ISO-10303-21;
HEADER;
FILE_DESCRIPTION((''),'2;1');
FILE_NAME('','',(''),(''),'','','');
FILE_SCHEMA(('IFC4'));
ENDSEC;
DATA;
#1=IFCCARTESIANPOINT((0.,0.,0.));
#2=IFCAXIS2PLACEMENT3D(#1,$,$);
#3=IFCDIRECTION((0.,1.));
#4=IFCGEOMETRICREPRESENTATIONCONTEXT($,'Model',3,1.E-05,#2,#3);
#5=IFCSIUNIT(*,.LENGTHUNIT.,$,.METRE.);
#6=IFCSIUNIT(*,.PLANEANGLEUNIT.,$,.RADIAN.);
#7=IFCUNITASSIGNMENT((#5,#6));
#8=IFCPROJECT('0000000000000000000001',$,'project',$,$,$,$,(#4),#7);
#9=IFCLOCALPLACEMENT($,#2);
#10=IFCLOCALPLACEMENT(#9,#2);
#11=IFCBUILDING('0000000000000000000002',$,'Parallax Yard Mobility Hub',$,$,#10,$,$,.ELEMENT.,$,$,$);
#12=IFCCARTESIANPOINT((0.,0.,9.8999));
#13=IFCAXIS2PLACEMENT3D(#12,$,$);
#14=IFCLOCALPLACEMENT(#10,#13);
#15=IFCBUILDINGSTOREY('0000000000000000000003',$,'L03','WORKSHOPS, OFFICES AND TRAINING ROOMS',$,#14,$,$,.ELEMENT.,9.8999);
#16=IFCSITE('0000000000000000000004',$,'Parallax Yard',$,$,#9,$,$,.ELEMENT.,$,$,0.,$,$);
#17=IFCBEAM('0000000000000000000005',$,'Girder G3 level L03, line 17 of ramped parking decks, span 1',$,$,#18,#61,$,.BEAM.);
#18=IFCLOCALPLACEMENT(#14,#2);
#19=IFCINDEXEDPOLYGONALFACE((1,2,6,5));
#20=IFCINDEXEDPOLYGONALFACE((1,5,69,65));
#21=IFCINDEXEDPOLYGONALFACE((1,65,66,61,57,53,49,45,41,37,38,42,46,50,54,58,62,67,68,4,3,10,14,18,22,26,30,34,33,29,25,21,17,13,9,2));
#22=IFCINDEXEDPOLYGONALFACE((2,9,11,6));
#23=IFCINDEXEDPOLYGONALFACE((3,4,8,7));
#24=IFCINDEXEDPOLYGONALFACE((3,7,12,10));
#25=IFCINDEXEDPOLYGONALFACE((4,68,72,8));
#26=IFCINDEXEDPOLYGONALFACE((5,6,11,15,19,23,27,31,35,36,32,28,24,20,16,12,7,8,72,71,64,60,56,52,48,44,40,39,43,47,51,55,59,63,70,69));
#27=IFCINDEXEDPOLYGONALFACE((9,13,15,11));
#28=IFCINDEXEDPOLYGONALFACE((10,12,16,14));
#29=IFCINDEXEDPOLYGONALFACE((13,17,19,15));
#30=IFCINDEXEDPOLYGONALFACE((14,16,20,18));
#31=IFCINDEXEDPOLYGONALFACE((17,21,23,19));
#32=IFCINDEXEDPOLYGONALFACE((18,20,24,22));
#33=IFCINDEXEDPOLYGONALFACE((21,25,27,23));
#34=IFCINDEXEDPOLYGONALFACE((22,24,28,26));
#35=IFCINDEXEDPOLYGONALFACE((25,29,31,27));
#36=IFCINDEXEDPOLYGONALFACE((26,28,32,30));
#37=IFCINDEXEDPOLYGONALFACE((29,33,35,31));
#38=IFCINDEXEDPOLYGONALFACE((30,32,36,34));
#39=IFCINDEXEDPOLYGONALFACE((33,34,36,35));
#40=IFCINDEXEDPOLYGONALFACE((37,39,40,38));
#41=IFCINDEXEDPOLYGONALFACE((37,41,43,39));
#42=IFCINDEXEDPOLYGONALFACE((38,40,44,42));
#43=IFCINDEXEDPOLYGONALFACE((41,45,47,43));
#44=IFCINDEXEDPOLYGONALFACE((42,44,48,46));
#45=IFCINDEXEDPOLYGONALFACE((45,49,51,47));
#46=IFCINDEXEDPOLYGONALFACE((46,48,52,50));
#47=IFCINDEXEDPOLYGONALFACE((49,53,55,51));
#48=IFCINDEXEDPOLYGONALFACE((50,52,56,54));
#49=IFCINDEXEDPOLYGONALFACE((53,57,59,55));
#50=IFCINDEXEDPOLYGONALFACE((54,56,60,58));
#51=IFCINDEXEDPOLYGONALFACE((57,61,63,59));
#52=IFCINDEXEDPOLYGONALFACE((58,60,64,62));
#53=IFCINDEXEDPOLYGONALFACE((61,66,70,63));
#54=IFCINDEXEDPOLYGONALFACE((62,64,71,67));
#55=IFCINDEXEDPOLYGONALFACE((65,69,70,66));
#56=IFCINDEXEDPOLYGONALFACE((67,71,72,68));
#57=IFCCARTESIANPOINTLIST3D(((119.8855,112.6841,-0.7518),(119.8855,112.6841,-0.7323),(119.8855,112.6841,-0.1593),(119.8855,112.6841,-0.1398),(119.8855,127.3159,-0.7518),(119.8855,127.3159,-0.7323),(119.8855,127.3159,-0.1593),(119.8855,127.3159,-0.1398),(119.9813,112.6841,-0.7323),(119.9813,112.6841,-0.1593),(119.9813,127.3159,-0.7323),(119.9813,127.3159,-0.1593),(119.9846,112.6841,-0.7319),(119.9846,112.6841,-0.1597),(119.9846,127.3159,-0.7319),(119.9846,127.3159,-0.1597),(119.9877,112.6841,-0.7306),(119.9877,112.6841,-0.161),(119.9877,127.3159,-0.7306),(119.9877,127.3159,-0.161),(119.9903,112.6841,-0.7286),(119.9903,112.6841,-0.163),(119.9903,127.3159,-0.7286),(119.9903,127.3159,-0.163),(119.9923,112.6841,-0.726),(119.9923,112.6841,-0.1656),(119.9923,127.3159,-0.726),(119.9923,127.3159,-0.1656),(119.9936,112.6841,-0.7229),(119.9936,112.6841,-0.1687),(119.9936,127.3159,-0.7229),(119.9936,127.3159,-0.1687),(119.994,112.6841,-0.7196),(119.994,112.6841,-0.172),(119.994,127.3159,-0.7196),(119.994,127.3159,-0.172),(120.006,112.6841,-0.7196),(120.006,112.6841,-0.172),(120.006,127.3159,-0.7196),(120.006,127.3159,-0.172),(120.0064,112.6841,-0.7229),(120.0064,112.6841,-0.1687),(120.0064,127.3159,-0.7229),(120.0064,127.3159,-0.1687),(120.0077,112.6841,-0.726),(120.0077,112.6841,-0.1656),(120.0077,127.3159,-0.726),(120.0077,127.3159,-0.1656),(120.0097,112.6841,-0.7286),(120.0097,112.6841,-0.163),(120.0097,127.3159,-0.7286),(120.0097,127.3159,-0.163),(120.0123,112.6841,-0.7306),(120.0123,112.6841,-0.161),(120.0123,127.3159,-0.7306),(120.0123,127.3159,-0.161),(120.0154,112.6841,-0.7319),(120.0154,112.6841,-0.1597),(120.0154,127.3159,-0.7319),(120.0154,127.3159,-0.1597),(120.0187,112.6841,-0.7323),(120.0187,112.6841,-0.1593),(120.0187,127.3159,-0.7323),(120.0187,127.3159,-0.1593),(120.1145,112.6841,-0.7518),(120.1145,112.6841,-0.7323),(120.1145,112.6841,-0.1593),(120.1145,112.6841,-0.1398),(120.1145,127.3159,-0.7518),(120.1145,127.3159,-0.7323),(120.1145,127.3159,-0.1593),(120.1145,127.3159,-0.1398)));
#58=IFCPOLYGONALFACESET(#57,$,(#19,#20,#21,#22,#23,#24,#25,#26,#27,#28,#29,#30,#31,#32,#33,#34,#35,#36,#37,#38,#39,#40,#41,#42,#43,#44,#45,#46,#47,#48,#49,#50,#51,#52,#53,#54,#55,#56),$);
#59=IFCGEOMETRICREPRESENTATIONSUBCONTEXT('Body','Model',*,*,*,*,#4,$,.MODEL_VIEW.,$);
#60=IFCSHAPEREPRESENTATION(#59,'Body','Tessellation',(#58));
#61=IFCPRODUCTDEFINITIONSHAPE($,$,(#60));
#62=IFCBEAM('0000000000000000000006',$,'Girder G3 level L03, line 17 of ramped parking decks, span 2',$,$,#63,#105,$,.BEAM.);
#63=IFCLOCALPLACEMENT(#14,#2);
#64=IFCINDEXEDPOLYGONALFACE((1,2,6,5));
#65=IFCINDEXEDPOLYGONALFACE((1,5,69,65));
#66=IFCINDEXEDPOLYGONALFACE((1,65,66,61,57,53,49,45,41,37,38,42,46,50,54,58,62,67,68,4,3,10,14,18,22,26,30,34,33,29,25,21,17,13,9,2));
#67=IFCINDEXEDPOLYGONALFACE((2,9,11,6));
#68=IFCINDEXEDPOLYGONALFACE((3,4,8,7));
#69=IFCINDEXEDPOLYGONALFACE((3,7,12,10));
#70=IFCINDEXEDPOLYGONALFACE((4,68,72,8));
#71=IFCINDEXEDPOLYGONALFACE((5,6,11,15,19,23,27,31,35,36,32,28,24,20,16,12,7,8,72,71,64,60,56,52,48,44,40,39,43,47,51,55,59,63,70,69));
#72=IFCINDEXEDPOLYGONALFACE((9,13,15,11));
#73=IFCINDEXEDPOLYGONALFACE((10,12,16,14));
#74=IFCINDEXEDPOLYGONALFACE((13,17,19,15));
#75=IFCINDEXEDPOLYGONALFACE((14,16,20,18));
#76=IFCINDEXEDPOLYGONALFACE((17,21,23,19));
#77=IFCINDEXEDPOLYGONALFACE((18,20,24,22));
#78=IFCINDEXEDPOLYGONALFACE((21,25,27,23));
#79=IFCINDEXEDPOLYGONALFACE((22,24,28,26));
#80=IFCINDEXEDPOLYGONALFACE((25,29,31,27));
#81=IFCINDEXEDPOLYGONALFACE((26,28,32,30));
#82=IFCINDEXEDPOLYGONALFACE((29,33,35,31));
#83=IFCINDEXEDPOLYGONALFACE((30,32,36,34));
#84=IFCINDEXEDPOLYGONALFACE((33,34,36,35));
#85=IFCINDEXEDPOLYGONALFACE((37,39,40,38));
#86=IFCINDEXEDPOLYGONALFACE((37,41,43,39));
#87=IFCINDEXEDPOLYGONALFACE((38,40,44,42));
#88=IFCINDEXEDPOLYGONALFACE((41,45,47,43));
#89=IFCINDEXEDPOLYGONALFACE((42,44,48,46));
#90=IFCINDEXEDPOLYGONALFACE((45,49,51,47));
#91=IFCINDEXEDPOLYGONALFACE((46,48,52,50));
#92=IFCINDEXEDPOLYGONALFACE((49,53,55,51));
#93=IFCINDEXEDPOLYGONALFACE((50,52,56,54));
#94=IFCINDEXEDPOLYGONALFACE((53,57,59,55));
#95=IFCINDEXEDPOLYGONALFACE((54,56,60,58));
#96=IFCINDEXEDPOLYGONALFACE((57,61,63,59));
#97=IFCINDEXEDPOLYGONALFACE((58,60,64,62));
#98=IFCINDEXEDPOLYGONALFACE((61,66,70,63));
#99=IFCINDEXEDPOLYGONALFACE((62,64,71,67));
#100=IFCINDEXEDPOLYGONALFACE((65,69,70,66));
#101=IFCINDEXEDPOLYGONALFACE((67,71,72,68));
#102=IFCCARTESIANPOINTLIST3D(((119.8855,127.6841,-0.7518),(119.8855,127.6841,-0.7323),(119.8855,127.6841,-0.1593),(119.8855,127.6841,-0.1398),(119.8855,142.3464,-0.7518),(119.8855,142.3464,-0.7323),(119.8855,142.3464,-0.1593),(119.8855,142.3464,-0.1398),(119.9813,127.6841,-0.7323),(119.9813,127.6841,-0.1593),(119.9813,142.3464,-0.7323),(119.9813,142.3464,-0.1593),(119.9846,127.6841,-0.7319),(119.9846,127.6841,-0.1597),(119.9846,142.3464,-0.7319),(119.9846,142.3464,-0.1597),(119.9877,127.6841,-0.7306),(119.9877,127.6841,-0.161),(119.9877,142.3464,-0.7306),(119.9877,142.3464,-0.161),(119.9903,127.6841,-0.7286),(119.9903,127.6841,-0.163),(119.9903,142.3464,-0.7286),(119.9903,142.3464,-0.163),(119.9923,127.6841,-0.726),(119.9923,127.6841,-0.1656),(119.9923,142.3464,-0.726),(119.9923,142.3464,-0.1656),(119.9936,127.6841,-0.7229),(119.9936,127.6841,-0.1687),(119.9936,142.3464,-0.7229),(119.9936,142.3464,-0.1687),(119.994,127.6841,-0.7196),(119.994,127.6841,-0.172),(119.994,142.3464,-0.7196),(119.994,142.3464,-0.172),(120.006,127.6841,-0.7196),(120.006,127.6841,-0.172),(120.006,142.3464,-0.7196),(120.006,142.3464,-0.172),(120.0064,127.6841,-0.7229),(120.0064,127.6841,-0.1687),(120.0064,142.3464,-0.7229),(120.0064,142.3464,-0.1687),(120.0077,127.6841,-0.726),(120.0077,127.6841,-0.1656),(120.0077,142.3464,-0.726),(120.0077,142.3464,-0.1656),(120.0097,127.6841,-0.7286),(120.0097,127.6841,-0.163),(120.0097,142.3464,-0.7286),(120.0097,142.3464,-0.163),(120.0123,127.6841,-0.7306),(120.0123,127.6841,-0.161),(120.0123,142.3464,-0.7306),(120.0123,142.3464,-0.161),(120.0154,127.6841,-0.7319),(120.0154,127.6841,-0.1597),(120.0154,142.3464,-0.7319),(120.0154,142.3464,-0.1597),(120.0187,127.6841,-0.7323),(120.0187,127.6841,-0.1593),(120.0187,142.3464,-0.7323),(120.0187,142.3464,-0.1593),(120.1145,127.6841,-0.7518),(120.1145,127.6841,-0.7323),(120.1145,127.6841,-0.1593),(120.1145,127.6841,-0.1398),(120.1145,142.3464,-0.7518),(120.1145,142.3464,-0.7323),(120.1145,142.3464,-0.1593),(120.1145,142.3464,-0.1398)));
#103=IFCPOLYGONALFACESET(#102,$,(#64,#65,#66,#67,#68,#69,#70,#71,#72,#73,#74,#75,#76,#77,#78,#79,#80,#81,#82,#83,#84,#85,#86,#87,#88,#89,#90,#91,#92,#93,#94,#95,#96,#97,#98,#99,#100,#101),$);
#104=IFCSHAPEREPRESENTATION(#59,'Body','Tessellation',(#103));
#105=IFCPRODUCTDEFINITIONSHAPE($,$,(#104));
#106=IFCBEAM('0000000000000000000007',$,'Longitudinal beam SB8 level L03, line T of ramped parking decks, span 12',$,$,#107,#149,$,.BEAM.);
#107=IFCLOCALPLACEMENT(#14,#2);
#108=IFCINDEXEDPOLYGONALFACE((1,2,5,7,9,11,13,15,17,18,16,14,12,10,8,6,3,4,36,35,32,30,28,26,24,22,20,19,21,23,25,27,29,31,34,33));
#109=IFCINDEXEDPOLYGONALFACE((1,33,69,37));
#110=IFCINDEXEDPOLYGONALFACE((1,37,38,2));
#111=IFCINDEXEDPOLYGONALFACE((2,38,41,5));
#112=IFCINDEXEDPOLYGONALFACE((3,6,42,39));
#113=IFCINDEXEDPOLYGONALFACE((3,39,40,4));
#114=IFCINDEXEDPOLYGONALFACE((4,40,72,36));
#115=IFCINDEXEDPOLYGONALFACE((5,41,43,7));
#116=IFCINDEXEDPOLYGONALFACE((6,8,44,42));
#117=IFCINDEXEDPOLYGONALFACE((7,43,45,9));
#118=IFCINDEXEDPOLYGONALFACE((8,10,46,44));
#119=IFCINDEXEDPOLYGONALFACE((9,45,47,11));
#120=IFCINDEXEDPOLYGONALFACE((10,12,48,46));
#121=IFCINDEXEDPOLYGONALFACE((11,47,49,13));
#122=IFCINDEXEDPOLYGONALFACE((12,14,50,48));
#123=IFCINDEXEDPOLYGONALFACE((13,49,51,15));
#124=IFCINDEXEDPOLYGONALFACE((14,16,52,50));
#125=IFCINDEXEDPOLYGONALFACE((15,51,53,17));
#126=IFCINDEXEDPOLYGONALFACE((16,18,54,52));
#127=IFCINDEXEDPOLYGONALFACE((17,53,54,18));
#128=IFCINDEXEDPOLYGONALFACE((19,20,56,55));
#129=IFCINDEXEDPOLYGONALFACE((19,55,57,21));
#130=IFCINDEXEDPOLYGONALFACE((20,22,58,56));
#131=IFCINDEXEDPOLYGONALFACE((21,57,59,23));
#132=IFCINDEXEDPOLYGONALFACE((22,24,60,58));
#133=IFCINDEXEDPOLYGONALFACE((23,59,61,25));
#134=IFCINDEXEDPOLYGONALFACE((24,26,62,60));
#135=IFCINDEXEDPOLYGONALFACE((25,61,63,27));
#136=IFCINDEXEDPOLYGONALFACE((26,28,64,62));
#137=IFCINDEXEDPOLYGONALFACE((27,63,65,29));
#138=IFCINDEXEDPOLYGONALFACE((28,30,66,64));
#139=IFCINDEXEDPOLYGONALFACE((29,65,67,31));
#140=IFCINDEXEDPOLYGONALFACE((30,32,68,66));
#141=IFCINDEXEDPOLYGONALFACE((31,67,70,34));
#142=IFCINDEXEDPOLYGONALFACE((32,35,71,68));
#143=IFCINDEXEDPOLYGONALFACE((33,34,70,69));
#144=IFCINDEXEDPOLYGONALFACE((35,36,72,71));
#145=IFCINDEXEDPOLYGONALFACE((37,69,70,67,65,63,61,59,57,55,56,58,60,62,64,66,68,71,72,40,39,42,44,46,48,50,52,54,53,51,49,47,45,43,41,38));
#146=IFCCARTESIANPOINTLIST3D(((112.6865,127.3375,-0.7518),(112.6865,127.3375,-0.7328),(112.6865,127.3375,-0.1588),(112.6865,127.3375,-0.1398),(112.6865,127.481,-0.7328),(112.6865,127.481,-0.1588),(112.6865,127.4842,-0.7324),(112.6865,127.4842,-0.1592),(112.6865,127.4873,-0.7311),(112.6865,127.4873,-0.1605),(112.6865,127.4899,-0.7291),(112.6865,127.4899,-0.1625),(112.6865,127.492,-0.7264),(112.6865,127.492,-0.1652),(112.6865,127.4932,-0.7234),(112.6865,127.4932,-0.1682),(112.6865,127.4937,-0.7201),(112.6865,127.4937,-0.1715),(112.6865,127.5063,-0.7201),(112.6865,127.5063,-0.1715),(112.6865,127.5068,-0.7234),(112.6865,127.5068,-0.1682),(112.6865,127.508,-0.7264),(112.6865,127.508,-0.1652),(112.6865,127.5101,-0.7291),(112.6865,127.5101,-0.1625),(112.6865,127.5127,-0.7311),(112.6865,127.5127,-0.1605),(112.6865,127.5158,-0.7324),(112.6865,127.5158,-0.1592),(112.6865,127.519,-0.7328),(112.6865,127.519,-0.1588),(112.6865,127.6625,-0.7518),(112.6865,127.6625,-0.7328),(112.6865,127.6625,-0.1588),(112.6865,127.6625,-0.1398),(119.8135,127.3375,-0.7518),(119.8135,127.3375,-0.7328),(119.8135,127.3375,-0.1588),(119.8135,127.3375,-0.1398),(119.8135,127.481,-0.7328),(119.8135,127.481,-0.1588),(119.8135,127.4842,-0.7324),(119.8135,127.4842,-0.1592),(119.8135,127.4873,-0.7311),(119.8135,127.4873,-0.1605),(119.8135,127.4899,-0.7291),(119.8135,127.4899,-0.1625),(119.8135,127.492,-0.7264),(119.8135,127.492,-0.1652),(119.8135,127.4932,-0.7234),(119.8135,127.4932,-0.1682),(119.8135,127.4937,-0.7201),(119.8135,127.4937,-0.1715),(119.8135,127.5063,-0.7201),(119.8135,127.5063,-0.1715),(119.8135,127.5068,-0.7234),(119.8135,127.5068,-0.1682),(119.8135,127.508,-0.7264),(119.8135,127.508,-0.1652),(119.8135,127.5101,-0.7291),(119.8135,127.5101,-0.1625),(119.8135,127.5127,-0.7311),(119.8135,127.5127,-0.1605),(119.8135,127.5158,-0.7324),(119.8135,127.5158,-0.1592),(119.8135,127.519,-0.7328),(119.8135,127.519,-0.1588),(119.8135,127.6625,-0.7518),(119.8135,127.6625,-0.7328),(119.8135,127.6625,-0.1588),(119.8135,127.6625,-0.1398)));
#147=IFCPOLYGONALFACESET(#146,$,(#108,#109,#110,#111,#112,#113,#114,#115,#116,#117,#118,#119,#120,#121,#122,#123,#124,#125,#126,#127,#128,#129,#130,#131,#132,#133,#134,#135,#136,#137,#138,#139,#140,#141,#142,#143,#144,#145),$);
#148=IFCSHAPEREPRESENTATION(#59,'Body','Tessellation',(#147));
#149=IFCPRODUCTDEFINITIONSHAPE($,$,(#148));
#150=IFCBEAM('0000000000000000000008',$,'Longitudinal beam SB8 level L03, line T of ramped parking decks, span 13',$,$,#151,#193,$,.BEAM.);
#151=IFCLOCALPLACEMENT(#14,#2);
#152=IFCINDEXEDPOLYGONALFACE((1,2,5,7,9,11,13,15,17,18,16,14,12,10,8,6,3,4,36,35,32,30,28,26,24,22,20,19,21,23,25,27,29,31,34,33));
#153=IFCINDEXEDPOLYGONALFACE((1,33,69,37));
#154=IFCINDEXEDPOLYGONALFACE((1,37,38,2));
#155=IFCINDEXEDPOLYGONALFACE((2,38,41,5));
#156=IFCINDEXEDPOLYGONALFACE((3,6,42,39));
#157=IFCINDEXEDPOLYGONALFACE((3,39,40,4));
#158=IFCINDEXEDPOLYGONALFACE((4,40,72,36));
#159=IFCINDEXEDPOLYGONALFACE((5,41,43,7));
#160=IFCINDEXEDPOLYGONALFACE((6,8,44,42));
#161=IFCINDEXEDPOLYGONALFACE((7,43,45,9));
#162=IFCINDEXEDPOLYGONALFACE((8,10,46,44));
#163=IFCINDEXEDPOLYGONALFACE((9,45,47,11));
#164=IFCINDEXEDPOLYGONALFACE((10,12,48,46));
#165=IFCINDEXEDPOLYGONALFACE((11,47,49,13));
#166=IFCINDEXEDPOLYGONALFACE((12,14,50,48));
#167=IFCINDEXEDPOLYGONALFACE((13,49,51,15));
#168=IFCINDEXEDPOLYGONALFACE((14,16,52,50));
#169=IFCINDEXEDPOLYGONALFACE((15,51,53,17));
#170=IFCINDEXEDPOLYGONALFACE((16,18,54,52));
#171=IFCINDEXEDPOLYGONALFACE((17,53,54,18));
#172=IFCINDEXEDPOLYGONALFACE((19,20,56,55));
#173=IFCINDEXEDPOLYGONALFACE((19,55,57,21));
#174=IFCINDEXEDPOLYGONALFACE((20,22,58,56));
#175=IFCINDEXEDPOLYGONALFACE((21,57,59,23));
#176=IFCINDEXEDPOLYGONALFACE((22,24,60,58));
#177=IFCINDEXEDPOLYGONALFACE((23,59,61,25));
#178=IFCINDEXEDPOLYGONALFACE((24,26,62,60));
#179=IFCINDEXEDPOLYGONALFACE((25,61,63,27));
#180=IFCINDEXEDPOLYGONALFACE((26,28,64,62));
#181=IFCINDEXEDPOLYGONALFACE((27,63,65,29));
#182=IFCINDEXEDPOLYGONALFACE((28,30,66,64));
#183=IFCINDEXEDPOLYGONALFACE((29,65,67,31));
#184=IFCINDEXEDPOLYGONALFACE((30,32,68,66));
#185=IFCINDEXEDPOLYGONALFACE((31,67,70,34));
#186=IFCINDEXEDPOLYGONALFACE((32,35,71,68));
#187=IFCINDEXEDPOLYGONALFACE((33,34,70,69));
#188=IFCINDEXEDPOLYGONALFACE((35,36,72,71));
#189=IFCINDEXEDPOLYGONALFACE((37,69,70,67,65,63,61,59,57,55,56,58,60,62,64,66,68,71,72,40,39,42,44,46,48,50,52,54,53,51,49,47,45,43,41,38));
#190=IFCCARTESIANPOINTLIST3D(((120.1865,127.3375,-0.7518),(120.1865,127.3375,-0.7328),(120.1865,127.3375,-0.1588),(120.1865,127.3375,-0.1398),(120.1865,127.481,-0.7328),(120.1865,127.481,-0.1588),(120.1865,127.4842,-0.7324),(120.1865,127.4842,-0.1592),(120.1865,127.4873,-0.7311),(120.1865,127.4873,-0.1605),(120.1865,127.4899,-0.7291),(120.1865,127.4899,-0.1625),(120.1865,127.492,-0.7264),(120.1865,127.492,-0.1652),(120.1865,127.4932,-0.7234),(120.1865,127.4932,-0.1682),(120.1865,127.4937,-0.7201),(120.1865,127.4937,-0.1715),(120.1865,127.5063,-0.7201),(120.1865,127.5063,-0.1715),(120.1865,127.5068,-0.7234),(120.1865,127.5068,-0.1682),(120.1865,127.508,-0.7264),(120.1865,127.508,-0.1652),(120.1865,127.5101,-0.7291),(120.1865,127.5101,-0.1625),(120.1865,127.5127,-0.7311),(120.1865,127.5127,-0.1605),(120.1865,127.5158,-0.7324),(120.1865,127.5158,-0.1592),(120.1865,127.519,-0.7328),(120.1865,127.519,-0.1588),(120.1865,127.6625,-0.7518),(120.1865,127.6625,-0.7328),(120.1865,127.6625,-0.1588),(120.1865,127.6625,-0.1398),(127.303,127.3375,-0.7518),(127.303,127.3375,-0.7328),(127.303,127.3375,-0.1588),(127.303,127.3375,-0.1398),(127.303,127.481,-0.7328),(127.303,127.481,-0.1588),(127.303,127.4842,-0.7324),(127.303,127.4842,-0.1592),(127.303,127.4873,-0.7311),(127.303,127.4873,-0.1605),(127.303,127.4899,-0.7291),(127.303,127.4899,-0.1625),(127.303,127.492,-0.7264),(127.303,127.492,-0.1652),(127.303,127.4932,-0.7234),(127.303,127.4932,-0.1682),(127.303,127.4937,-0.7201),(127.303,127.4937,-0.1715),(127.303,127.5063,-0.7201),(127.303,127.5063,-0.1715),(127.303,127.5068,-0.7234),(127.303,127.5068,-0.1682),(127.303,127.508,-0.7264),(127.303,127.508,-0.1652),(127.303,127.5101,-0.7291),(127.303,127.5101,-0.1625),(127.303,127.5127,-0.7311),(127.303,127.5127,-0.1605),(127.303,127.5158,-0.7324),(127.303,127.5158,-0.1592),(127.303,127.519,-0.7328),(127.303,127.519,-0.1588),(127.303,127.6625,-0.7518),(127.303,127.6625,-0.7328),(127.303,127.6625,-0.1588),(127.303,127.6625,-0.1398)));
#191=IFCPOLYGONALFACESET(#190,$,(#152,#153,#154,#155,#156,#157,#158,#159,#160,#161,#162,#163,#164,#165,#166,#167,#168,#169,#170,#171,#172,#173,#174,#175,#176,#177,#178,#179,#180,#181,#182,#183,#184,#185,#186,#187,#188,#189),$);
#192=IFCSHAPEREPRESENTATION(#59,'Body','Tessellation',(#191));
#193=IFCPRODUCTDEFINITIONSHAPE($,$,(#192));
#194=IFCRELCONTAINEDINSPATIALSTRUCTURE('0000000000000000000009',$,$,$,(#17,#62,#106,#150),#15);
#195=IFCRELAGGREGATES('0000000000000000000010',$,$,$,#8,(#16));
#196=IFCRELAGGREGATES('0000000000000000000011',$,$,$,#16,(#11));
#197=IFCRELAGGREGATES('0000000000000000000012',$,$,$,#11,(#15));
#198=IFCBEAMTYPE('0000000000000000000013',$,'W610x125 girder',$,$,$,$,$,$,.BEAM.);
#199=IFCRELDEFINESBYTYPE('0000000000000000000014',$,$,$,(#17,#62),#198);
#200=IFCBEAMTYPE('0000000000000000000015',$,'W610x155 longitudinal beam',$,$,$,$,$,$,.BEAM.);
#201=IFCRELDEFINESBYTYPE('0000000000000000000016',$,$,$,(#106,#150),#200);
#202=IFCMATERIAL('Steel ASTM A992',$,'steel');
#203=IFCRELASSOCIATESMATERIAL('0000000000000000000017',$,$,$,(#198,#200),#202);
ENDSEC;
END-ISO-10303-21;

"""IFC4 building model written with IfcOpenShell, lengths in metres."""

from ifc_helpers import new_model, si_unit, direction, frame, origin, origin_2d, place, context, subcontext, project, spatial, i_section, extrude, material, material_profile, profile_set, type_object, element, save


model = new_model("IFC4")

# Units and contexts
model_context = context("Model", 3, precision=1e-05, world=origin(), true_north=direction((0.0, 1.0)))
body_context = subcontext(model_context, "Body", "Model", "MODEL_VIEW")
ifc_project = project(units=[si_unit("LENGTHUNIT", "METRE"), si_unit("PLANEANGLEUNIT", "RADIAN")], contexts=[model_context])

# Site, building, storey
site_placement = place(None, origin())
site = spatial("IfcSite", under=ifc_project, at=site_placement, Name="Parallax Yard", CompositionType="ELEMENT", RefElevation=0.0)
building_placement = place(site_placement, origin())
building = spatial("IfcBuilding", under=site, at=building_placement, Name="Parallax Yard Mobility Hub", CompositionType="ELEMENT")
storey_placement = place(building_placement, frame((0.0, 0.0, 9.8999)))
storey = spatial("IfcBuildingStorey", under=building, at=storey_placement, Name="L03", Description="WORKSHOPS, OFFICES AND TRAINING ROOMS", CompositionType="ELEMENT", Elevation=9.8999)

# Shared definitions
ifc_material_1 = material(Name="Steel ASTM A992", Category="steel")

# Beams
ifc_material_profile_1 = material_profile(ifc_material_1, i_section(OverallWidth=0.229, OverallDepth=0.6121, WebThickness=0.012, FlangeThickness=0.0195, FilletRadius=0.0127, at=origin_2d()), Name="W610x125")
ifc_profile_set_1 = profile_set([ifc_material_profile_1], Name="Steel ASTM A992")
beam_type_1 = type_object("IfcBeamType", Name="W610x125 girder", PredefinedType="BEAM", material=ifc_profile_set_1)
beam_1_placement = place(storey_placement, frame((120.0, 112.6841, -0.4458), z_axis=(0.0, 1.0, 0.0), x_axis=(-1.0, 0.0, 0.0)))
element("IfcBeam", 1, at=beam_1_placement, inside=storey, type_object=beam_type_1, Name="Girder G3 level L03, line 17 of ramped parking decks, span 1", PredefinedType="BEAM", context=body_context, shape_type="SweptSolid", body=[
    extrude(i_section(OverallWidth=0.229, OverallDepth=0.6121, WebThickness=0.012, FlangeThickness=0.0195, FilletRadius=0.0127, at=origin_2d()), origin(), (0.0, 0.0, 1.0), 14.6318),
])
beam_2_placement = place(storey_placement, frame((120.0, 127.6841, -0.4458), z_axis=(0.0, 1.0, 0.0), x_axis=(-1.0, 0.0, 0.0)))
element("IfcBeam", 2, at=beam_2_placement, inside=storey, type_object=beam_type_1, Name="Girder G3 level L03, line 17 of ramped parking decks, span 2", PredefinedType="BEAM", context=body_context, shape_type="SweptSolid", body=[
    extrude(i_section(OverallWidth=0.229, OverallDepth=0.6121, WebThickness=0.012, FlangeThickness=0.0195, FilletRadius=0.0127, at=origin_2d()), origin(), (0.0, 0.0, 1.0), 14.6624),
])
ifc_material_profile_2 = material_profile(ifc_material_1, i_section(OverallWidth=0.325, OverallDepth=0.6121, WebThickness=0.0127, FlangeThickness=0.019, FilletRadius=0.0127, at=origin_2d()), Name="W610x155")
ifc_profile_set_2 = profile_set([ifc_material_profile_2], Name="Steel ASTM A992")
beam_type_2 = type_object("IfcBeamType", Name="W610x155 longitudinal beam", PredefinedType="BEAM", material=ifc_profile_set_2)
beam_3_placement = place(storey_placement, frame((112.6865, 127.5, -0.4458), z_axis=(1.0, 0.0, 0.0), x_axis=(0.0, 1.0, 0.0)))
element("IfcBeam", 3, at=beam_3_placement, inside=storey, type_object=beam_type_2, Name="Longitudinal beam SB8 level L03, line T of ramped parking decks, span 12", PredefinedType="BEAM", context=body_context, shape_type="SweptSolid", body=[
    extrude(i_section(OverallWidth=0.325, OverallDepth=0.6121, WebThickness=0.0127, FlangeThickness=0.019, FilletRadius=0.0127, at=origin_2d()), origin(), (0.0, 0.0, 1.0), 7.127),
])
beam_4_placement = place(storey_placement, frame((120.1865, 127.5, -0.4458), z_axis=(1.0, 0.0, 0.0), x_axis=(0.0, 1.0, 0.0)))
element("IfcBeam", 4, at=beam_4_placement, inside=storey, type_object=beam_type_2, Name="Longitudinal beam SB8 level L03, line T of ramped parking decks, span 13", PredefinedType="BEAM", context=body_context, shape_type="SweptSolid", body=[
    extrude(i_section(OverallWidth=0.325, OverallDepth=0.6121, WebThickness=0.0127, FlangeThickness=0.019, FilletRadius=0.0127, at=origin_2d()), origin(), (0.0, 0.0, 1.0), 7.1165),
])

save(model, "model.ifc")
